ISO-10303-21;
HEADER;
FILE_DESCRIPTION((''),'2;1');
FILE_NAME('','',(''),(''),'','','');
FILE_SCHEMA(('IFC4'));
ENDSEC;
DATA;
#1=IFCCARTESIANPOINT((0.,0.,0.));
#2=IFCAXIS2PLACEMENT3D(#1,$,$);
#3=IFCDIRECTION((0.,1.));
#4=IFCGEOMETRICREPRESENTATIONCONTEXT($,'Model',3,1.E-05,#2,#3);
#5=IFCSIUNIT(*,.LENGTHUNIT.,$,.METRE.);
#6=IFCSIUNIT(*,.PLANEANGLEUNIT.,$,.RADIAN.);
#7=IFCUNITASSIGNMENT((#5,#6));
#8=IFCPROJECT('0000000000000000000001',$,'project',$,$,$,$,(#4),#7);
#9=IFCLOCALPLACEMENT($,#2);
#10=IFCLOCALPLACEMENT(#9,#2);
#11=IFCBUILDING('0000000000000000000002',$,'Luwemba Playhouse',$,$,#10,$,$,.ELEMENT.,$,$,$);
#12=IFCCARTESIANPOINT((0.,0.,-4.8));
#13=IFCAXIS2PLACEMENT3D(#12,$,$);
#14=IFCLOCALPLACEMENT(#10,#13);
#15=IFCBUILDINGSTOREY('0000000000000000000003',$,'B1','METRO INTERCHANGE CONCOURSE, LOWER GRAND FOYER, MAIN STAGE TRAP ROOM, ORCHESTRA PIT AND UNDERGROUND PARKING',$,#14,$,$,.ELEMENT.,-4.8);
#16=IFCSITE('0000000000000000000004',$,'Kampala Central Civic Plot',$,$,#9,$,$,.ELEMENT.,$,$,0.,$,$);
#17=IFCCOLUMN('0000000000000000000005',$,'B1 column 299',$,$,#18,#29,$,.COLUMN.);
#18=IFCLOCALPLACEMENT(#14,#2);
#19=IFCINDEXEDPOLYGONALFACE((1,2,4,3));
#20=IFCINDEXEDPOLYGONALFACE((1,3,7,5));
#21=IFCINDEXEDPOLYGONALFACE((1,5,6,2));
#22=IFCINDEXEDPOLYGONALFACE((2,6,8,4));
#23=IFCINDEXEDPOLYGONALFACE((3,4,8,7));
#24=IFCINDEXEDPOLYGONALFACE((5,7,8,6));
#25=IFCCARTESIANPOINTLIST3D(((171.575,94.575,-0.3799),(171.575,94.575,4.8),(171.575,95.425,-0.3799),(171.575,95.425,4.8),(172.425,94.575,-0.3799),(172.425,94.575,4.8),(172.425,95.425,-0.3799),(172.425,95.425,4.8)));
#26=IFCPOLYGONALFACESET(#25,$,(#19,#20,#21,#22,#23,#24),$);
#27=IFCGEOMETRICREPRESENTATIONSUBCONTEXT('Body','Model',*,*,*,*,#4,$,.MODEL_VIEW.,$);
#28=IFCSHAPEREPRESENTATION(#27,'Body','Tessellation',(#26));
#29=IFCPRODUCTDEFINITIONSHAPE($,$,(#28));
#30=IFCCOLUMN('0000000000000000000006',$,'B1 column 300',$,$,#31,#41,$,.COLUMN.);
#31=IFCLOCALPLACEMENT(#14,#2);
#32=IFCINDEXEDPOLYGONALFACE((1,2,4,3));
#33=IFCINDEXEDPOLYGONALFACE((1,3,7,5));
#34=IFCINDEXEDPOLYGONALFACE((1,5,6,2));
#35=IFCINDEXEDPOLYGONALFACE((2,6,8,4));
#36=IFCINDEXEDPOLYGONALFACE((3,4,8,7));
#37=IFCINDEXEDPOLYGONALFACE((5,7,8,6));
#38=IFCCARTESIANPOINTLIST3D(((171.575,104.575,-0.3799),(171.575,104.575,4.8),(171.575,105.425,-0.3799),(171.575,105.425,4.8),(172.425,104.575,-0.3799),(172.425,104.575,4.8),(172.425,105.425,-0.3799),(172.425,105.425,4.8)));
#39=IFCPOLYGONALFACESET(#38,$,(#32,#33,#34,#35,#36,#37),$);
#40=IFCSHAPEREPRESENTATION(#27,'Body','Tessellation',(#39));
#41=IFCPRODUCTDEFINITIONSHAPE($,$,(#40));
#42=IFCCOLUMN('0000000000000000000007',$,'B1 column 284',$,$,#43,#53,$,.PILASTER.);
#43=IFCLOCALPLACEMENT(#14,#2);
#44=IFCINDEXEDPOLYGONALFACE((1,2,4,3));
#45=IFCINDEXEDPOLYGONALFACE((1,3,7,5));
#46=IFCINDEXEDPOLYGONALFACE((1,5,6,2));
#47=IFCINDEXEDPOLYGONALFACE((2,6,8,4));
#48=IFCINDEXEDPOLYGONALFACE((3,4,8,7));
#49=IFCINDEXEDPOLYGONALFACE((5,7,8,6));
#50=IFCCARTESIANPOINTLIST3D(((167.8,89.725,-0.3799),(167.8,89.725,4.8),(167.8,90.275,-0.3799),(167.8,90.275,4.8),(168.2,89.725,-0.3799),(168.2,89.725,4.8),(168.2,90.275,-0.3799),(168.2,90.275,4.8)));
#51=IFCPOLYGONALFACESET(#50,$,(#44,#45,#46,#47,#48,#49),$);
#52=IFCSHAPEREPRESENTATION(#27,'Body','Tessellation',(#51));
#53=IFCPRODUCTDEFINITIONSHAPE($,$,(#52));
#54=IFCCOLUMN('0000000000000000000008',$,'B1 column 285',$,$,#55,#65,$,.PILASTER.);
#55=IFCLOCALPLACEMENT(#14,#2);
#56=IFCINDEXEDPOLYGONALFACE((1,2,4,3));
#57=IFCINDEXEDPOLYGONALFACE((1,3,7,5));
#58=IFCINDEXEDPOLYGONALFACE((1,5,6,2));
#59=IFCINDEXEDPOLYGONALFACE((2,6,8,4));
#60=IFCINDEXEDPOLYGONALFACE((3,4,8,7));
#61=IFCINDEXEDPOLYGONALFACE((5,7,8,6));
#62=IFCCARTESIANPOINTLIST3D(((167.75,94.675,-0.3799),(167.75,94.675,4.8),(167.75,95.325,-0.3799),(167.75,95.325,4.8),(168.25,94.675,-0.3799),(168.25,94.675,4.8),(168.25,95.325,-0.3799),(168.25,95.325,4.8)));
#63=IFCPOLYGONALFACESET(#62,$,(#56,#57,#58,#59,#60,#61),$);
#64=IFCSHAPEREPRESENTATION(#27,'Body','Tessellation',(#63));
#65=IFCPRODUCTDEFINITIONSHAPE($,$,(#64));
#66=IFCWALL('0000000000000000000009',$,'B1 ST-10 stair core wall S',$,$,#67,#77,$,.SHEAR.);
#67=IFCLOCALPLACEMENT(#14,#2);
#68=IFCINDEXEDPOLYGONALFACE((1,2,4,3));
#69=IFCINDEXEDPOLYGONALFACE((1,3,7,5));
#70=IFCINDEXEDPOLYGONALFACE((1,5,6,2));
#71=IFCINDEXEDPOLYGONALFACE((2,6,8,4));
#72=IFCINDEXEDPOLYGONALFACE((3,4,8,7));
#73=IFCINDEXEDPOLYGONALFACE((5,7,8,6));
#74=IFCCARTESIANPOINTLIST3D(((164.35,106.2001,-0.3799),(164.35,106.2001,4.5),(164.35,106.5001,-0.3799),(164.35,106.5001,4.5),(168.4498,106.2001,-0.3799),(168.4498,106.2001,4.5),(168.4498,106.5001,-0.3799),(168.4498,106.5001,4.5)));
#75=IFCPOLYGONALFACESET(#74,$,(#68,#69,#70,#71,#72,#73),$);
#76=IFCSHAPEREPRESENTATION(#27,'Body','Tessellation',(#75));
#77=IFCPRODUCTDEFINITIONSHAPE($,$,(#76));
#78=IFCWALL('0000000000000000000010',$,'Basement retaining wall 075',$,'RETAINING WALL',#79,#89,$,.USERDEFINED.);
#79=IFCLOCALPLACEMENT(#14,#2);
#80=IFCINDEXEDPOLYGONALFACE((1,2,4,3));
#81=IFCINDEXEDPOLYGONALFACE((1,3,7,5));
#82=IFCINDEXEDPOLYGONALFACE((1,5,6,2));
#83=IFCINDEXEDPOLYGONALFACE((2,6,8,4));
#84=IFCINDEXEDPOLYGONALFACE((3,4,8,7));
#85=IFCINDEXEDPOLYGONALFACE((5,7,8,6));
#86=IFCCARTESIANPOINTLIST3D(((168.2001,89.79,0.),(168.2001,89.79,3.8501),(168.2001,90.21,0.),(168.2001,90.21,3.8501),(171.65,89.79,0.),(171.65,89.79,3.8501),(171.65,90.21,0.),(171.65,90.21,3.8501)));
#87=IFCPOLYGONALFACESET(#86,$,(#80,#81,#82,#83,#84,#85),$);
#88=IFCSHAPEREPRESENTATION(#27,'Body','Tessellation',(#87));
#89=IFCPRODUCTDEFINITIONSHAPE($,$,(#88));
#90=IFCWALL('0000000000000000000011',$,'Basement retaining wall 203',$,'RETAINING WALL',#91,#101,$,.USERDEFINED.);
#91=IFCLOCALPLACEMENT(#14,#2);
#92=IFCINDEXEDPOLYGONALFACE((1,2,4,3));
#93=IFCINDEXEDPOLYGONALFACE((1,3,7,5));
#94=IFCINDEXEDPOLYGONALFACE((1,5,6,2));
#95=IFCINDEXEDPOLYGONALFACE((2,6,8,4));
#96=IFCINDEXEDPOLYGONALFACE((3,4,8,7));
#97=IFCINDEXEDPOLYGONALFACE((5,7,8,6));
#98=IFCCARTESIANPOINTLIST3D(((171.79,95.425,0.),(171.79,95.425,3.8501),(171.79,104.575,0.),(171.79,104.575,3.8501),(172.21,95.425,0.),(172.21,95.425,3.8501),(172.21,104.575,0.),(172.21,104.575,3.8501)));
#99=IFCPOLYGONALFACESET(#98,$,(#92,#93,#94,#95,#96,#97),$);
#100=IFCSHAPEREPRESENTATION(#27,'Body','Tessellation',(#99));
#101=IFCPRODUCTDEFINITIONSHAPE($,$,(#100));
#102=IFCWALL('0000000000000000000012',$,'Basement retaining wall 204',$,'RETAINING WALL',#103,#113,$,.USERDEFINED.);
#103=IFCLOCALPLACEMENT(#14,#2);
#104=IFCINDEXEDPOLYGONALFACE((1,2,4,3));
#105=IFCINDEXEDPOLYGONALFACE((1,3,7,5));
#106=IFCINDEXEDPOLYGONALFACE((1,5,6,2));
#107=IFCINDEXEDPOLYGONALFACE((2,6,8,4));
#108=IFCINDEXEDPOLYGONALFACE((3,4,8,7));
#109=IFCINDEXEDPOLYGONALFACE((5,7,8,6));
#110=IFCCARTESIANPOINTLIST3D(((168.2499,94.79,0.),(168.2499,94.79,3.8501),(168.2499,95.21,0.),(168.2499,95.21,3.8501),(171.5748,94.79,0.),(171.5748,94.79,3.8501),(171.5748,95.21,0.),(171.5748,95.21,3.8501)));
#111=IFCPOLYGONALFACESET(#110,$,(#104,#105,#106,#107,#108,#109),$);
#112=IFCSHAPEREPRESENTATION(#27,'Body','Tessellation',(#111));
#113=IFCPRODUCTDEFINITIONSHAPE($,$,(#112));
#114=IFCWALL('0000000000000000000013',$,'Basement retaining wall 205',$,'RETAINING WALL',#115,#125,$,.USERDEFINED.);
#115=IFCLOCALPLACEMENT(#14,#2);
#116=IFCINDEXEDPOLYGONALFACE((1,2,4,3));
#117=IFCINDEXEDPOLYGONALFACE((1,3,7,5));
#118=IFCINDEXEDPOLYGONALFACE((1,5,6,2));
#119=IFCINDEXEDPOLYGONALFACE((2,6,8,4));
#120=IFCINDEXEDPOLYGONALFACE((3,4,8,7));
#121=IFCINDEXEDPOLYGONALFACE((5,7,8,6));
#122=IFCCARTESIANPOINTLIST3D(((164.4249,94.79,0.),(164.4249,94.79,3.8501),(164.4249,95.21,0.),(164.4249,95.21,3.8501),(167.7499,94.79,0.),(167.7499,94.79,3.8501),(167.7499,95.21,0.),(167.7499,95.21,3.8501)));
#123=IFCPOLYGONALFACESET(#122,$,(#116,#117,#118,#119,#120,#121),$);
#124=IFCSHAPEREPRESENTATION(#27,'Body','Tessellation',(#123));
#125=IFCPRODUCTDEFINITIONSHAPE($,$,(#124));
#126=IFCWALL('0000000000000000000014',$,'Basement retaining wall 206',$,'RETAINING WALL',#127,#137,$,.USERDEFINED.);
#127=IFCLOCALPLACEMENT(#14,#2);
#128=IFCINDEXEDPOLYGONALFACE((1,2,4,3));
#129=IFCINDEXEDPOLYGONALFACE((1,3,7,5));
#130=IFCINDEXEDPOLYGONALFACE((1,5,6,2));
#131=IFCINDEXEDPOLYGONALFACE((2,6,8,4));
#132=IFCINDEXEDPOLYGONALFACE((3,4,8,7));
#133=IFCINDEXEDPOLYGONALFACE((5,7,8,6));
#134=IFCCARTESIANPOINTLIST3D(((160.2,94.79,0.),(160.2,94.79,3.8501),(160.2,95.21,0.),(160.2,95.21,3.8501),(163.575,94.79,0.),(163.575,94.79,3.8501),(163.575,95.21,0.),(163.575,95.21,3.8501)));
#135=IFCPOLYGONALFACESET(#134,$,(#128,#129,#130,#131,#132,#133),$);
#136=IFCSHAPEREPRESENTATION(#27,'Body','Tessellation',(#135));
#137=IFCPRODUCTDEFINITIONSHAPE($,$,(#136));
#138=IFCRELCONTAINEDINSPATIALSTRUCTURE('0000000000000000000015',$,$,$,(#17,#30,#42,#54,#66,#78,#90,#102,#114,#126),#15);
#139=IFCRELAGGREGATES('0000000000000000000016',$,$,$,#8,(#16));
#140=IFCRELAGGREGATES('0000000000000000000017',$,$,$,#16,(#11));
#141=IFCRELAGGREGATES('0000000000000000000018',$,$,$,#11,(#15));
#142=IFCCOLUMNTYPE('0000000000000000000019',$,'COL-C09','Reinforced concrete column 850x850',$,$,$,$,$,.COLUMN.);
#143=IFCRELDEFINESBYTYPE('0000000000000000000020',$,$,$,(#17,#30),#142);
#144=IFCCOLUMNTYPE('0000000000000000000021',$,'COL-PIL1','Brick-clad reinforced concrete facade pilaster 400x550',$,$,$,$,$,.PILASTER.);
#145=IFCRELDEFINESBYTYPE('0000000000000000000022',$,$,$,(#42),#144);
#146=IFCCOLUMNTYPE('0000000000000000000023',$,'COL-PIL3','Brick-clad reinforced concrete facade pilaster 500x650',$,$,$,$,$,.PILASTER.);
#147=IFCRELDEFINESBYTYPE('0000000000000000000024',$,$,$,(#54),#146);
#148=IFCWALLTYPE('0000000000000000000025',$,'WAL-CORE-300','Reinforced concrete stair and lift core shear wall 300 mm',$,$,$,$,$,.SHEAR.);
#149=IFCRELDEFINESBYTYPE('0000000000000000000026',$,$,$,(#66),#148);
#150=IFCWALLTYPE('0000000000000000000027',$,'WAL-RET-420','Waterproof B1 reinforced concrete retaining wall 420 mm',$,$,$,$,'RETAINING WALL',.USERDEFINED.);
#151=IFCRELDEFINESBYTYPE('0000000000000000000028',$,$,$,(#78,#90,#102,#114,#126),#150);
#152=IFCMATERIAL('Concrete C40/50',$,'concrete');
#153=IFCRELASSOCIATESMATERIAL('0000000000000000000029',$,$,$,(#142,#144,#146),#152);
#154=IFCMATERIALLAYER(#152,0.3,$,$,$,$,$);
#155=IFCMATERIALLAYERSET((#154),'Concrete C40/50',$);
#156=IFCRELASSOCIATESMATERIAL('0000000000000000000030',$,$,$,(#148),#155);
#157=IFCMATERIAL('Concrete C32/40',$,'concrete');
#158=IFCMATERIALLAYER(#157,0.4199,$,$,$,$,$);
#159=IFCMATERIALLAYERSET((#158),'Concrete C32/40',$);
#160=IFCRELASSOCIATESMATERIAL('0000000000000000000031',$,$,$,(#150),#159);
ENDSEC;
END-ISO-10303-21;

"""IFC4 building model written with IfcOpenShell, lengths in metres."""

from ifc_helpers import new_model, si_unit, direction, frame, frame_2d, origin, origin_2d, place, context, subcontext, project, spatial, rectangle, extrude, material, layer, layer_set, material_profile, profile_set, type_object, element, save


model = new_model("IFC4")

# Units and contexts
model_context = context("Model", 3, precision=1e-05, world=origin(), true_north=direction((0.0, 1.0)))
body_context = subcontext(model_context, "Body", "Model", "MODEL_VIEW")
ifc_project = project(units=[si_unit("LENGTHUNIT", "METRE"), si_unit("PLANEANGLEUNIT", "RADIAN")], contexts=[model_context])

# Site, building, storey
site_placement = place(None, origin())
site = spatial("IfcSite", under=ifc_project, at=site_placement, Name="Kampala Central Civic Plot", CompositionType="ELEMENT", RefElevation=0.0)
building_placement = place(site_placement, origin())
building = spatial("IfcBuilding", under=site, at=building_placement, Name="Luwemba Playhouse", CompositionType="ELEMENT")
storey_placement = place(building_placement, frame((0.0, 0.0, -4.8)))
storey = spatial("IfcBuildingStorey", under=building, at=storey_placement, Name="B1", Description="METRO INTERCHANGE CONCOURSE, LOWER GRAND FOYER, MAIN STAGE TRAP ROOM, ORCHESTRA PIT AND UNDERGROUND PARKING", CompositionType="ELEMENT", Elevation=-4.8)

# Shared definitions
ifc_material_1 = material(Name="Concrete C32/40", Category="concrete")

# Columns
ifc_material_2 = material(Name="Concrete C40/50", Category="concrete")
ifc_material_profile_1 = material_profile(ifc_material_2, rectangle(XDim=0.8501, YDim=0.8501, at=origin_2d()))
ifc_profile_set_1 = profile_set([ifc_material_profile_1], Name="Concrete C40/50")
column_type_1 = type_object("IfcColumnType", Name="COL-C09", Description="Reinforced concrete column 850x850", PredefinedType="COLUMN", material=ifc_profile_set_1)
for number, where, z_axis, x_axis, name in (
    (1, (172.0, 95.0, -0.3799), (0.0, 0.0, 1.0), (1.0, 0.0, 0.0), "B1 column 299"),
    (2, (172.0, 105.0, -0.3799), (0.0, 0.0, 1.0), (1.0, 0.0, 0.0), "B1 column 300"),
):
    element("IfcColumn", number, at=place(storey_placement, frame(where, z_axis=z_axis, x_axis=x_axis)), inside=storey, type_object=column_type_1, Name=name, PredefinedType="COLUMN", context=body_context, shape_type="SweptSolid", body=[
        extrude(rectangle(XDim=0.8501, YDim=0.8501, at=origin_2d()), origin(), (0.0, 0.0, 1.0), 5.1799),
    ])
ifc_material_profile_2 = material_profile(ifc_material_2, rectangle(XDim=0.3999, YDim=0.55, at=origin_2d()))
ifc_profile_set_2 = profile_set([ifc_material_profile_2], Name="Concrete C40/50")
column_type_2 = type_object("IfcColumnType", Name="COL-PIL1", Description="Brick-clad reinforced concrete facade pilaster 400x550", PredefinedType="PILASTER", material=ifc_profile_set_2)
column_1_placement = place(storey_placement, frame((168.0, 90.0, -0.3799), z_axis=(0.0, 0.0, 1.0), x_axis=(1.0, 0.0, 0.0)))
element("IfcColumn", 3, at=column_1_placement, inside=storey, type_object=column_type_2, Name="B1 column 284", PredefinedType="PILASTER", context=body_context, shape_type="SweptSolid", body=[
    extrude(rectangle(XDim=0.3999, YDim=0.55, at=origin_2d()), origin(), (0.0, 0.0, 1.0), 5.1799),
])
ifc_material_profile_3 = material_profile(ifc_material_2, rectangle(XDim=0.5, YDim=0.6499, at=origin_2d()))
ifc_profile_set_3 = profile_set([ifc_material_profile_3], Name="Concrete C40/50")
column_type_3 = type_object("IfcColumnType", Name="COL-PIL3", Description="Brick-clad reinforced concrete facade pilaster 500x650", PredefinedType="PILASTER", material=ifc_profile_set_3)
column_2_placement = place(storey_placement, frame((168.0, 95.0, -0.3799), z_axis=(0.0, 0.0, 1.0), x_axis=(1.0, 0.0, 0.0)))
element("IfcColumn", 4, at=column_2_placement, inside=storey, type_object=column_type_3, Name="B1 column 285", PredefinedType="PILASTER", context=body_context, shape_type="SweptSolid", body=[
    extrude(rectangle(XDim=0.5, YDim=0.6499, at=origin_2d()), origin(), (0.0, 0.0, 1.0), 5.1799),
])

# Walls
ifc_layer_1 = layer(ifc_material_2, 0.3)
ifc_layer_set_1 = layer_set([ifc_layer_1], Name="Concrete C40/50")
wall_type_1 = type_object("IfcWallType", Name="WAL-CORE-300", Description="Reinforced concrete stair and lift core shear wall 300 mm", PredefinedType="SHEAR", material=ifc_layer_set_1)
wall_1_placement = place(storey_placement, frame((164.3501, 106.3501, -0.3799), z_axis=(0.0, 0.0, 1.0), x_axis=(1.0, 0.0, 0.0)))
element("IfcWall", 5, at=wall_1_placement, inside=storey, type_object=wall_type_1, Name="B1 ST-10 stair core wall S", PredefinedType="SHEAR", context=body_context, shape_type="SweptSolid", body=[
    extrude(rectangle(XDim=4.0999, YDim=0.3, at=frame_2d((2.0498, 0.0))), origin(), (0.0, 0.0, 1.0), 4.8799),
])
ifc_layer_2 = layer(ifc_material_1, 0.4199)
ifc_layer_set_2 = layer_set([ifc_layer_2], Name="Concrete C32/40")
wall_type_2 = type_object("IfcWallType", Name="WAL-RET-420", Description="Waterproof B1 reinforced concrete retaining wall 420 mm", ElementType="RETAINING WALL", PredefinedType="USERDEFINED", material=ifc_layer_set_2)
wall_2_placement = place(storey_placement, frame((168.2, 90.0, 0.0), z_axis=(0.0, 0.0, 1.0), x_axis=(1.0, 0.0, 0.0)))
element("IfcWall", 6, at=wall_2_placement, inside=storey, type_object=wall_type_2, Name="Basement retaining wall 075", ObjectType="RETAINING WALL", PredefinedType="USERDEFINED", context=body_context, shape_type="SweptSolid", body=[
    extrude(rectangle(XDim=3.45, YDim=0.4199, at=frame_2d((1.7251, 0.0))), origin(), (0.0, 0.0, 1.0), 3.8501),
])
wall_3_placement = place(storey_placement, frame((172.0, 104.575, 0.0), z_axis=(0.0, 0.0, 1.0), x_axis=(0.0, -1.0, 0.0)))
element("IfcWall", 7, at=wall_3_placement, inside=storey, type_object=wall_type_2, Name="Basement retaining wall 203", ObjectType="RETAINING WALL", PredefinedType="USERDEFINED", context=body_context, shape_type="SweptSolid", body=[
    extrude(rectangle(XDim=9.1499, YDim=0.4199, at=frame_2d((4.575, 0.0))), origin(), (0.0, 0.0, 1.0), 3.8501),
])
for number, where, z_axis, x_axis, name in (
    (8, (171.575, 95.0, 0.0), (0.0, 0.0, 1.0), (-1.0, 0.0, 0.0), "Basement retaining wall 204"),
    (9, (167.75, 95.0, 0.0), (0.0, 0.0, 1.0), (-1.0, 0.0, 0.0), "Basement retaining wall 205"),
):
    element("IfcWall", number, at=place(storey_placement, frame(where, z_axis=z_axis, x_axis=x_axis)), inside=storey, type_object=wall_type_2, Name=name, ObjectType="RETAINING WALL", PredefinedType="USERDEFINED", context=body_context, shape_type="SweptSolid", body=[
        extrude(rectangle(XDim=3.325, YDim=0.4199, at=frame_2d((1.6626, 0.0))), origin(), (0.0, 0.0, 1.0), 3.8501),
    ])
wall_4_placement = place(storey_placement, frame((163.575, 95.0, 0.0), z_axis=(0.0, 0.0, 1.0), x_axis=(-1.0, 0.0, 0.0)))
element("IfcWall", 10, at=wall_4_placement, inside=storey, type_object=wall_type_2, Name="Basement retaining wall 206", ObjectType="RETAINING WALL", PredefinedType="USERDEFINED", context=body_context, shape_type="SweptSolid", body=[
    extrude(rectangle(XDim=3.375, YDim=0.4199, at=frame_2d((1.6875, 0.0))), origin(), (0.0, 0.0, 1.0), 3.8501),
])

save(model, "model.ifc")
